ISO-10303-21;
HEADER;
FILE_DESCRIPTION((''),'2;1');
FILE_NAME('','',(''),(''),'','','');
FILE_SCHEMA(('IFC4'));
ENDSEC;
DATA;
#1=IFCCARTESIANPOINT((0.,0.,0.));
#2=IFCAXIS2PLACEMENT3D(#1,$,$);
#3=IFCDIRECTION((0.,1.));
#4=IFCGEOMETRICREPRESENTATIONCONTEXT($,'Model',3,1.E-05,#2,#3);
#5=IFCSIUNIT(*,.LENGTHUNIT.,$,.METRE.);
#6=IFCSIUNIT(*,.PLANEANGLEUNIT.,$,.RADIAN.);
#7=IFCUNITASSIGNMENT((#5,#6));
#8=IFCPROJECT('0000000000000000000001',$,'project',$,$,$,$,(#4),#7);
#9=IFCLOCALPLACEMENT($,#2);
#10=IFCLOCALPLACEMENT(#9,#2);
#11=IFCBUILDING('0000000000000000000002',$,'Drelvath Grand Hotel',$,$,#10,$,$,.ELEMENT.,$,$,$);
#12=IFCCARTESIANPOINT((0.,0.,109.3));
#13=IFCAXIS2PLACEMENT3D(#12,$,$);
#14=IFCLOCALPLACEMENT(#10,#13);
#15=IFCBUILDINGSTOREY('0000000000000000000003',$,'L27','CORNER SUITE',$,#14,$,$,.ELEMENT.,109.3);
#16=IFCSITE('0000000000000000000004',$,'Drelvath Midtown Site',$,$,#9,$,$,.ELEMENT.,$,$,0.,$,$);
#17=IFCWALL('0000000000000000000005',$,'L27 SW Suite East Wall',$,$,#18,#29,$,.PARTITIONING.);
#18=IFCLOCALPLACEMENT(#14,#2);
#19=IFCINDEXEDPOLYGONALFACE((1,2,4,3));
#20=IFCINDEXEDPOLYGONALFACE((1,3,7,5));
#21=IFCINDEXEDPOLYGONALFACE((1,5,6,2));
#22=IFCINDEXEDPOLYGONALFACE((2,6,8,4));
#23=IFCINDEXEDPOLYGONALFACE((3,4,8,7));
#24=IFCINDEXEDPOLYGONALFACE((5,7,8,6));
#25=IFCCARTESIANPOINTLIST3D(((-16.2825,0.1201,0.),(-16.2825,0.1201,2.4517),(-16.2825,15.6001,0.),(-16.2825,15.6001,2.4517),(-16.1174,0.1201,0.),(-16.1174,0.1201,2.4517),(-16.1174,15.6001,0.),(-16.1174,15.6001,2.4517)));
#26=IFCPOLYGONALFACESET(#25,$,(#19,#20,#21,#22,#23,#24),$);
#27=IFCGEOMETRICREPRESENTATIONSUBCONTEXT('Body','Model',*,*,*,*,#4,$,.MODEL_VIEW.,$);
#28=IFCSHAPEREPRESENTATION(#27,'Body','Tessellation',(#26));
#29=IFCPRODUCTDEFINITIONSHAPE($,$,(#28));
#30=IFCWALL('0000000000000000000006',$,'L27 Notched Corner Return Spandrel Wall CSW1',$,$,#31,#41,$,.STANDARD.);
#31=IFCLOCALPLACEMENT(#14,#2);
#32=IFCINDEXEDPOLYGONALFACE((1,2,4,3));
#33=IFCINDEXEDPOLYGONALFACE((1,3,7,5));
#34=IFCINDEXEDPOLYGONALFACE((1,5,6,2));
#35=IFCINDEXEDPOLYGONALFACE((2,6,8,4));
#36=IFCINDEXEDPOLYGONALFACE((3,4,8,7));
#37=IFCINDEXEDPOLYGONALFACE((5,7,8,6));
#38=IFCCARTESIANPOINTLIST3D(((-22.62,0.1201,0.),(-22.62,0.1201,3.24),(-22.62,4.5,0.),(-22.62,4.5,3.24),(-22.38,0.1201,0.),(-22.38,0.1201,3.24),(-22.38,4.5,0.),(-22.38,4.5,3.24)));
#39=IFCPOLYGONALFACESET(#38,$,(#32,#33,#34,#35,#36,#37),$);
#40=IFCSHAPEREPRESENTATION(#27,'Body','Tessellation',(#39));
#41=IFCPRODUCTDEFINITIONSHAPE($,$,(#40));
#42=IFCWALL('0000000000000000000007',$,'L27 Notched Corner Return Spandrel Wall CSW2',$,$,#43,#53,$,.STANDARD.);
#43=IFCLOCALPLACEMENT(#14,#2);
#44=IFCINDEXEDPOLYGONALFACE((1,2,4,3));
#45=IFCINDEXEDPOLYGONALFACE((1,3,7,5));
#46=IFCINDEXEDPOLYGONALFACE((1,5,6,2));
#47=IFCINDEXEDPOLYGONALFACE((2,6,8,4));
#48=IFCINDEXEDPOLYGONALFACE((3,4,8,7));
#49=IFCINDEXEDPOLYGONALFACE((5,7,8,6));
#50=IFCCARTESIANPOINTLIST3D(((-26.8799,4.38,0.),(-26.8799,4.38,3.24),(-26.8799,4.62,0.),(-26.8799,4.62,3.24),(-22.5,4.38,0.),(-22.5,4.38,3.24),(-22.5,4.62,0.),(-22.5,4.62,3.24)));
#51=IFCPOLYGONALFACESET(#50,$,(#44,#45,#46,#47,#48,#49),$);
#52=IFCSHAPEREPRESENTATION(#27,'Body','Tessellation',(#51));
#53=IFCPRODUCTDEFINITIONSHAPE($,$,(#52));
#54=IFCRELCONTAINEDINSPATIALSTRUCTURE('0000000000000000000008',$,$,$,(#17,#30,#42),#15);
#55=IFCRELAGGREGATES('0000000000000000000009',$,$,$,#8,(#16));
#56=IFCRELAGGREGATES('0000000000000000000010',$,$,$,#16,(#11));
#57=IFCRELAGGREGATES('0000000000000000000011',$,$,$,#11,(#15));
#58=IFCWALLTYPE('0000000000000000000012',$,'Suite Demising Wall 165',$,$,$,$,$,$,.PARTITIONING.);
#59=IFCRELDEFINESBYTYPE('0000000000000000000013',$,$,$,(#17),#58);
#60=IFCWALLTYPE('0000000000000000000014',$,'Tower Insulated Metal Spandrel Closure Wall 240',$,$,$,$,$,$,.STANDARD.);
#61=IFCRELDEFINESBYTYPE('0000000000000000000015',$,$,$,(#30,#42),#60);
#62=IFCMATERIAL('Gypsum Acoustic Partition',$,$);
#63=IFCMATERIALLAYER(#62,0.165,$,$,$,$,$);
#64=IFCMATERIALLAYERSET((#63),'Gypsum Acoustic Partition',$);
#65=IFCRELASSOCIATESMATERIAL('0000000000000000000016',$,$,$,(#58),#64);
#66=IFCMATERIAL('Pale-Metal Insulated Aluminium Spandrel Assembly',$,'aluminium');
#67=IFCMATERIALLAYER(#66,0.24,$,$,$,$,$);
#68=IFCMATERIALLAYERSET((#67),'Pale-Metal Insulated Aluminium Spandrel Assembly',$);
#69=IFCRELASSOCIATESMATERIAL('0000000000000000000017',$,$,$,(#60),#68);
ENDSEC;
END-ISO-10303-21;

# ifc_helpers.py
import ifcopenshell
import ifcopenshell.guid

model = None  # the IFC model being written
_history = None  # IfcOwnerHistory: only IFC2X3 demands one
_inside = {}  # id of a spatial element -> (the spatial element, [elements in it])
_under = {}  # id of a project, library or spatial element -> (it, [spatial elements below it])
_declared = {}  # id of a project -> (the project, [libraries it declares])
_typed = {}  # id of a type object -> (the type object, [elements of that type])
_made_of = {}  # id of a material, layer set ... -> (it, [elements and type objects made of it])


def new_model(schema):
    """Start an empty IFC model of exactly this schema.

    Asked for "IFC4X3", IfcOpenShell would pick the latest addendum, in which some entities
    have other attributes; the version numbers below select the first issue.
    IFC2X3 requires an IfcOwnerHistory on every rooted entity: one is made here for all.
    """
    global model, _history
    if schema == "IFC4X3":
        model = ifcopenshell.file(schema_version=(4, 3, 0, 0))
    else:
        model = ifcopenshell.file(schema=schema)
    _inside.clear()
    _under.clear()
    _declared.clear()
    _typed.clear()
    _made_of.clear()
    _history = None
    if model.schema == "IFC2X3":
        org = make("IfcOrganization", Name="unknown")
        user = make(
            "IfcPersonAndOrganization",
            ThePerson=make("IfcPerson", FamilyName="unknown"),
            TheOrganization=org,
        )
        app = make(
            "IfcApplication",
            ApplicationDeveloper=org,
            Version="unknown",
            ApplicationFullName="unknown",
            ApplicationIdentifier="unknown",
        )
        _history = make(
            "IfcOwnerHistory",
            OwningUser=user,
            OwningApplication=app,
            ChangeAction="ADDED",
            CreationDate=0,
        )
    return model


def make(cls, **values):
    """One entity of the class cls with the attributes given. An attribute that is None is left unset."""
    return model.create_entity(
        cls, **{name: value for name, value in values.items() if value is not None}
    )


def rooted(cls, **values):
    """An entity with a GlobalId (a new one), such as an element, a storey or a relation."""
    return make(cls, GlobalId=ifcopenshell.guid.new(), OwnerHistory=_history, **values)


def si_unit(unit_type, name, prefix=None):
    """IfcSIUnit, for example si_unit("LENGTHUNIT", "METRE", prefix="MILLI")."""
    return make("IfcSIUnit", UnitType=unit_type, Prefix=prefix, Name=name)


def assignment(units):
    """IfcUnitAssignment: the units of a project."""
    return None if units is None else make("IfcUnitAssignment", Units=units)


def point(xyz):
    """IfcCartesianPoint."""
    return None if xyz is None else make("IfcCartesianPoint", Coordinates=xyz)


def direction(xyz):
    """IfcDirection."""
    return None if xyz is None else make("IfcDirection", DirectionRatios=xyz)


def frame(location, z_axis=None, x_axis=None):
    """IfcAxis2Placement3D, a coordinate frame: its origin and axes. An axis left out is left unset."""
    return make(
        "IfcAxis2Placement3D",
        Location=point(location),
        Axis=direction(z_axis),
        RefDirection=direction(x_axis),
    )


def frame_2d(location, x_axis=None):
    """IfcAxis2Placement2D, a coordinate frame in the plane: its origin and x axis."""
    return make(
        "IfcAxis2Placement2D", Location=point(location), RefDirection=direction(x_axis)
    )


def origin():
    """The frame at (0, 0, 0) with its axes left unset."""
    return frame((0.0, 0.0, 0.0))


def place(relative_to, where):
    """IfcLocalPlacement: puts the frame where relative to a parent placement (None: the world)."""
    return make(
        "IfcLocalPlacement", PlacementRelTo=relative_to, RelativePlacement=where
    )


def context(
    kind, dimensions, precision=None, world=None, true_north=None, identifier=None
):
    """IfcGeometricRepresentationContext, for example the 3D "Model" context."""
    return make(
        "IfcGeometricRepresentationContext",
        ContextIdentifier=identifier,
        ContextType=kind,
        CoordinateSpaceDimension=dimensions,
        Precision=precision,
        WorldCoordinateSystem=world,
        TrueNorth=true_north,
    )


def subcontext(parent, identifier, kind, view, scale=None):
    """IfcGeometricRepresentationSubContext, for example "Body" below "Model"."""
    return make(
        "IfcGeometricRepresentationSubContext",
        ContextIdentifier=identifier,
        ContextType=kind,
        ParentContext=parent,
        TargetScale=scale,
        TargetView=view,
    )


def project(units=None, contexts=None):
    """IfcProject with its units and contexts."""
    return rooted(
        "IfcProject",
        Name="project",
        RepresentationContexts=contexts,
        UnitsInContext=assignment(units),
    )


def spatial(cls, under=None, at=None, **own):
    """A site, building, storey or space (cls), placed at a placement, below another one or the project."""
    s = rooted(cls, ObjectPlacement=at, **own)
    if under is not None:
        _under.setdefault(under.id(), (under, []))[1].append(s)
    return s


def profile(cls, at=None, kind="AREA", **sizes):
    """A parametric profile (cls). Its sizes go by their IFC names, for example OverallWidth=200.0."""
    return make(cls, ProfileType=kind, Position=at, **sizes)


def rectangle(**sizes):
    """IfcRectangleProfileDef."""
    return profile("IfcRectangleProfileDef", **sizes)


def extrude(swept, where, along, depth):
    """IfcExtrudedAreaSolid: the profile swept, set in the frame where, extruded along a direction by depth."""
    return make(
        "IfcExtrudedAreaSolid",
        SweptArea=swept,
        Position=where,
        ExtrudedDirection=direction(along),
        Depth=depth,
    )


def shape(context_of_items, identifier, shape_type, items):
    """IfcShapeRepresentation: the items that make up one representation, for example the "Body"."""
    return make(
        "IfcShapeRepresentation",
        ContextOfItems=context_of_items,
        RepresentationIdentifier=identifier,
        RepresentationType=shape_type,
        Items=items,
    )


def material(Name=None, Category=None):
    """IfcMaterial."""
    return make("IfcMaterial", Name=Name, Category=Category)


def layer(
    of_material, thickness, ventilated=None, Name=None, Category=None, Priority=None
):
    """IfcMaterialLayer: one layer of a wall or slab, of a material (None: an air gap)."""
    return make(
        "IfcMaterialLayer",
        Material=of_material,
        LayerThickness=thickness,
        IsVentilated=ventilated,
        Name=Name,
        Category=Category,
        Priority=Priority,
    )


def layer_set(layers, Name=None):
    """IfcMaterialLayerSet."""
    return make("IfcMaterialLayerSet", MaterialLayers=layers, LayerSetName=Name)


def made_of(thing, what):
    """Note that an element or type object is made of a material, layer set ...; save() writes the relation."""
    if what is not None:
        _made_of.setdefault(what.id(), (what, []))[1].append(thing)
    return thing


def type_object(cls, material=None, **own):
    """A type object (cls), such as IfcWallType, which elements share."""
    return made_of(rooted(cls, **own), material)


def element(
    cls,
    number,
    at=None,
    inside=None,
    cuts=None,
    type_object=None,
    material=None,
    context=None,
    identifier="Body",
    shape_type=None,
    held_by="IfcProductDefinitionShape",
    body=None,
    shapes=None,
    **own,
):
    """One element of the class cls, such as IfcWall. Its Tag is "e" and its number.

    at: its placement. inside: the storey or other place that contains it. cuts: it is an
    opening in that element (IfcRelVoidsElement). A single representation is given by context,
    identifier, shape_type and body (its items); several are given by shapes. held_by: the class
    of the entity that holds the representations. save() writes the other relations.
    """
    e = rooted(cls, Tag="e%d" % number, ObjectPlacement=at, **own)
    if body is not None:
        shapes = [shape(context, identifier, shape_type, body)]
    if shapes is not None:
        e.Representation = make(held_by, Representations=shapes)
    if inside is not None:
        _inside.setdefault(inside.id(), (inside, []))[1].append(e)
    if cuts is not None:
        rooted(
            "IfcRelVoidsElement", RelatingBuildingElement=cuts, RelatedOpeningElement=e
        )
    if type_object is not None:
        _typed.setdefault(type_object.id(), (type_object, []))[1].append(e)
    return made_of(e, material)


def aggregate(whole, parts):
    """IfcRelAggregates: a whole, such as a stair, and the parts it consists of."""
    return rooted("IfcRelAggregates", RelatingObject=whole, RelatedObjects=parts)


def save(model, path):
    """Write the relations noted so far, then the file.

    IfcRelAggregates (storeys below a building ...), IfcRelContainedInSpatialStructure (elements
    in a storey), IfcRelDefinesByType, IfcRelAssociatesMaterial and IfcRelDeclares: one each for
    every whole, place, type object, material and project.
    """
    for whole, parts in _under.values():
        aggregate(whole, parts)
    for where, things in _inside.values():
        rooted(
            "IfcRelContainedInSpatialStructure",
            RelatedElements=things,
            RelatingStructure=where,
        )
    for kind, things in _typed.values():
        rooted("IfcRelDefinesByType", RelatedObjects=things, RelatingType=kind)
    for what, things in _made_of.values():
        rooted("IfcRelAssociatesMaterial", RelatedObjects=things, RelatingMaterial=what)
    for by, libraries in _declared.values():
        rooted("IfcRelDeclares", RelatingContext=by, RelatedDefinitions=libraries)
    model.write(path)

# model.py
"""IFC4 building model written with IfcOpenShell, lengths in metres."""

from ifc_helpers import new_model, si_unit, direction, frame, frame_2d, origin, place, context, subcontext, project, spatial, rectangle, extrude, material, layer, layer_set, type_object, element, save


model = new_model("IFC4")

# Units and contexts
model_context = context("Model", 3, precision=1e-05, world=origin(), true_north=direction((0.0, 1.0)))
body_context = subcontext(model_context, "Body", "Model", "MODEL_VIEW")
ifc_project = project(units=[si_unit("LENGTHUNIT", "METRE"), si_unit("PLANEANGLEUNIT", "RADIAN")], contexts=[model_context])

# Site, building, storey
site_placement = place(None, origin())
site = spatial("IfcSite", under=ifc_project, at=site_placement, Name="Drelvath Midtown Site", CompositionType="ELEMENT", RefElevation=0.0)
building_placement = place(site_placement, origin())
building = spatial("IfcBuilding", under=site, at=building_placement, Name="Drelvath Grand Hotel", CompositionType="ELEMENT")
storey_placement = place(building_placement, frame((0.0, 0.0, 109.3)))
storey = spatial("IfcBuildingStorey", under=building, at=storey_placement, Name="L27", Description="CORNER SUITE", CompositionType="ELEMENT", Elevation=109.3)

# Walls
ifc_material_1 = material(Name="Gypsum Acoustic Partition")
ifc_layer_1 = layer(ifc_material_1, 0.165)
ifc_layer_set_1 = layer_set([ifc_layer_1], Name="Gypsum Acoustic Partition")
wall_type_1 = type_object("IfcWallType", Name="Suite Demising Wall 165", PredefinedType="PARTITIONING", material=ifc_layer_set_1)
wall_placement = place(storey_placement, frame((-16.2, 0.1201, 0.0), z_axis=(0.0, 0.0, 1.0), x_axis=(0.0, 1.0, 0.0)))
element("IfcWall", 1, at=wall_placement, inside=storey, type_object=wall_type_1, Name="L27 SW Suite East Wall", PredefinedType="PARTITIONING", context=body_context, shape_type="SweptSolid", body=[
    extrude(rectangle(XDim=15.48, YDim=0.165, at=frame_2d((7.74, 0.0))), origin(), (0.0, 0.0, 1.0), 2.4517),
])
ifc_material_2 = material(Name="Pale-Metal Insulated Aluminium Spandrel Assembly", Category="aluminium")
ifc_layer_2 = layer(ifc_material_2, 0.24)
ifc_layer_set_2 = layer_set([ifc_layer_2], Name="Pale-Metal Insulated Aluminium Spandrel Assembly")
wall_type_2 = type_object("IfcWallType", Name="Tower Insulated Metal Spandrel Closure Wall 240", PredefinedType="STANDARD", material=ifc_layer_set_2)
for number, where, z_axis, x_axis, name in (
    (2, (-22.5, 0.1201, 0.0), (0.0, 0.0, 1.0), (0.0, 1.0, 0.0), "L27 Notched Corner Return Spandrel Wall CSW1"),
    (3, (-22.5, 4.5, 0.0), (0.0, 0.0, 1.0), (-1.0, 0.0, 0.0), "L27 Notched Corner Return Spandrel Wall CSW2"),
):
    element("IfcWall", number, at=place(storey_placement, frame(where, z_axis=z_axis, x_axis=x_axis)), inside=storey, type_object=wall_type_2, Name=name, PredefinedType="STANDARD", context=body_context, shape_type="SweptSolid", body=[
        extrude(rectangle(XDim=4.3799, YDim=0.24, at=frame_2d((2.1899, 0.0))), origin(), (0.0, 0.0, 1.0), 3.24),
    ])

save(model, "model.ifc")
